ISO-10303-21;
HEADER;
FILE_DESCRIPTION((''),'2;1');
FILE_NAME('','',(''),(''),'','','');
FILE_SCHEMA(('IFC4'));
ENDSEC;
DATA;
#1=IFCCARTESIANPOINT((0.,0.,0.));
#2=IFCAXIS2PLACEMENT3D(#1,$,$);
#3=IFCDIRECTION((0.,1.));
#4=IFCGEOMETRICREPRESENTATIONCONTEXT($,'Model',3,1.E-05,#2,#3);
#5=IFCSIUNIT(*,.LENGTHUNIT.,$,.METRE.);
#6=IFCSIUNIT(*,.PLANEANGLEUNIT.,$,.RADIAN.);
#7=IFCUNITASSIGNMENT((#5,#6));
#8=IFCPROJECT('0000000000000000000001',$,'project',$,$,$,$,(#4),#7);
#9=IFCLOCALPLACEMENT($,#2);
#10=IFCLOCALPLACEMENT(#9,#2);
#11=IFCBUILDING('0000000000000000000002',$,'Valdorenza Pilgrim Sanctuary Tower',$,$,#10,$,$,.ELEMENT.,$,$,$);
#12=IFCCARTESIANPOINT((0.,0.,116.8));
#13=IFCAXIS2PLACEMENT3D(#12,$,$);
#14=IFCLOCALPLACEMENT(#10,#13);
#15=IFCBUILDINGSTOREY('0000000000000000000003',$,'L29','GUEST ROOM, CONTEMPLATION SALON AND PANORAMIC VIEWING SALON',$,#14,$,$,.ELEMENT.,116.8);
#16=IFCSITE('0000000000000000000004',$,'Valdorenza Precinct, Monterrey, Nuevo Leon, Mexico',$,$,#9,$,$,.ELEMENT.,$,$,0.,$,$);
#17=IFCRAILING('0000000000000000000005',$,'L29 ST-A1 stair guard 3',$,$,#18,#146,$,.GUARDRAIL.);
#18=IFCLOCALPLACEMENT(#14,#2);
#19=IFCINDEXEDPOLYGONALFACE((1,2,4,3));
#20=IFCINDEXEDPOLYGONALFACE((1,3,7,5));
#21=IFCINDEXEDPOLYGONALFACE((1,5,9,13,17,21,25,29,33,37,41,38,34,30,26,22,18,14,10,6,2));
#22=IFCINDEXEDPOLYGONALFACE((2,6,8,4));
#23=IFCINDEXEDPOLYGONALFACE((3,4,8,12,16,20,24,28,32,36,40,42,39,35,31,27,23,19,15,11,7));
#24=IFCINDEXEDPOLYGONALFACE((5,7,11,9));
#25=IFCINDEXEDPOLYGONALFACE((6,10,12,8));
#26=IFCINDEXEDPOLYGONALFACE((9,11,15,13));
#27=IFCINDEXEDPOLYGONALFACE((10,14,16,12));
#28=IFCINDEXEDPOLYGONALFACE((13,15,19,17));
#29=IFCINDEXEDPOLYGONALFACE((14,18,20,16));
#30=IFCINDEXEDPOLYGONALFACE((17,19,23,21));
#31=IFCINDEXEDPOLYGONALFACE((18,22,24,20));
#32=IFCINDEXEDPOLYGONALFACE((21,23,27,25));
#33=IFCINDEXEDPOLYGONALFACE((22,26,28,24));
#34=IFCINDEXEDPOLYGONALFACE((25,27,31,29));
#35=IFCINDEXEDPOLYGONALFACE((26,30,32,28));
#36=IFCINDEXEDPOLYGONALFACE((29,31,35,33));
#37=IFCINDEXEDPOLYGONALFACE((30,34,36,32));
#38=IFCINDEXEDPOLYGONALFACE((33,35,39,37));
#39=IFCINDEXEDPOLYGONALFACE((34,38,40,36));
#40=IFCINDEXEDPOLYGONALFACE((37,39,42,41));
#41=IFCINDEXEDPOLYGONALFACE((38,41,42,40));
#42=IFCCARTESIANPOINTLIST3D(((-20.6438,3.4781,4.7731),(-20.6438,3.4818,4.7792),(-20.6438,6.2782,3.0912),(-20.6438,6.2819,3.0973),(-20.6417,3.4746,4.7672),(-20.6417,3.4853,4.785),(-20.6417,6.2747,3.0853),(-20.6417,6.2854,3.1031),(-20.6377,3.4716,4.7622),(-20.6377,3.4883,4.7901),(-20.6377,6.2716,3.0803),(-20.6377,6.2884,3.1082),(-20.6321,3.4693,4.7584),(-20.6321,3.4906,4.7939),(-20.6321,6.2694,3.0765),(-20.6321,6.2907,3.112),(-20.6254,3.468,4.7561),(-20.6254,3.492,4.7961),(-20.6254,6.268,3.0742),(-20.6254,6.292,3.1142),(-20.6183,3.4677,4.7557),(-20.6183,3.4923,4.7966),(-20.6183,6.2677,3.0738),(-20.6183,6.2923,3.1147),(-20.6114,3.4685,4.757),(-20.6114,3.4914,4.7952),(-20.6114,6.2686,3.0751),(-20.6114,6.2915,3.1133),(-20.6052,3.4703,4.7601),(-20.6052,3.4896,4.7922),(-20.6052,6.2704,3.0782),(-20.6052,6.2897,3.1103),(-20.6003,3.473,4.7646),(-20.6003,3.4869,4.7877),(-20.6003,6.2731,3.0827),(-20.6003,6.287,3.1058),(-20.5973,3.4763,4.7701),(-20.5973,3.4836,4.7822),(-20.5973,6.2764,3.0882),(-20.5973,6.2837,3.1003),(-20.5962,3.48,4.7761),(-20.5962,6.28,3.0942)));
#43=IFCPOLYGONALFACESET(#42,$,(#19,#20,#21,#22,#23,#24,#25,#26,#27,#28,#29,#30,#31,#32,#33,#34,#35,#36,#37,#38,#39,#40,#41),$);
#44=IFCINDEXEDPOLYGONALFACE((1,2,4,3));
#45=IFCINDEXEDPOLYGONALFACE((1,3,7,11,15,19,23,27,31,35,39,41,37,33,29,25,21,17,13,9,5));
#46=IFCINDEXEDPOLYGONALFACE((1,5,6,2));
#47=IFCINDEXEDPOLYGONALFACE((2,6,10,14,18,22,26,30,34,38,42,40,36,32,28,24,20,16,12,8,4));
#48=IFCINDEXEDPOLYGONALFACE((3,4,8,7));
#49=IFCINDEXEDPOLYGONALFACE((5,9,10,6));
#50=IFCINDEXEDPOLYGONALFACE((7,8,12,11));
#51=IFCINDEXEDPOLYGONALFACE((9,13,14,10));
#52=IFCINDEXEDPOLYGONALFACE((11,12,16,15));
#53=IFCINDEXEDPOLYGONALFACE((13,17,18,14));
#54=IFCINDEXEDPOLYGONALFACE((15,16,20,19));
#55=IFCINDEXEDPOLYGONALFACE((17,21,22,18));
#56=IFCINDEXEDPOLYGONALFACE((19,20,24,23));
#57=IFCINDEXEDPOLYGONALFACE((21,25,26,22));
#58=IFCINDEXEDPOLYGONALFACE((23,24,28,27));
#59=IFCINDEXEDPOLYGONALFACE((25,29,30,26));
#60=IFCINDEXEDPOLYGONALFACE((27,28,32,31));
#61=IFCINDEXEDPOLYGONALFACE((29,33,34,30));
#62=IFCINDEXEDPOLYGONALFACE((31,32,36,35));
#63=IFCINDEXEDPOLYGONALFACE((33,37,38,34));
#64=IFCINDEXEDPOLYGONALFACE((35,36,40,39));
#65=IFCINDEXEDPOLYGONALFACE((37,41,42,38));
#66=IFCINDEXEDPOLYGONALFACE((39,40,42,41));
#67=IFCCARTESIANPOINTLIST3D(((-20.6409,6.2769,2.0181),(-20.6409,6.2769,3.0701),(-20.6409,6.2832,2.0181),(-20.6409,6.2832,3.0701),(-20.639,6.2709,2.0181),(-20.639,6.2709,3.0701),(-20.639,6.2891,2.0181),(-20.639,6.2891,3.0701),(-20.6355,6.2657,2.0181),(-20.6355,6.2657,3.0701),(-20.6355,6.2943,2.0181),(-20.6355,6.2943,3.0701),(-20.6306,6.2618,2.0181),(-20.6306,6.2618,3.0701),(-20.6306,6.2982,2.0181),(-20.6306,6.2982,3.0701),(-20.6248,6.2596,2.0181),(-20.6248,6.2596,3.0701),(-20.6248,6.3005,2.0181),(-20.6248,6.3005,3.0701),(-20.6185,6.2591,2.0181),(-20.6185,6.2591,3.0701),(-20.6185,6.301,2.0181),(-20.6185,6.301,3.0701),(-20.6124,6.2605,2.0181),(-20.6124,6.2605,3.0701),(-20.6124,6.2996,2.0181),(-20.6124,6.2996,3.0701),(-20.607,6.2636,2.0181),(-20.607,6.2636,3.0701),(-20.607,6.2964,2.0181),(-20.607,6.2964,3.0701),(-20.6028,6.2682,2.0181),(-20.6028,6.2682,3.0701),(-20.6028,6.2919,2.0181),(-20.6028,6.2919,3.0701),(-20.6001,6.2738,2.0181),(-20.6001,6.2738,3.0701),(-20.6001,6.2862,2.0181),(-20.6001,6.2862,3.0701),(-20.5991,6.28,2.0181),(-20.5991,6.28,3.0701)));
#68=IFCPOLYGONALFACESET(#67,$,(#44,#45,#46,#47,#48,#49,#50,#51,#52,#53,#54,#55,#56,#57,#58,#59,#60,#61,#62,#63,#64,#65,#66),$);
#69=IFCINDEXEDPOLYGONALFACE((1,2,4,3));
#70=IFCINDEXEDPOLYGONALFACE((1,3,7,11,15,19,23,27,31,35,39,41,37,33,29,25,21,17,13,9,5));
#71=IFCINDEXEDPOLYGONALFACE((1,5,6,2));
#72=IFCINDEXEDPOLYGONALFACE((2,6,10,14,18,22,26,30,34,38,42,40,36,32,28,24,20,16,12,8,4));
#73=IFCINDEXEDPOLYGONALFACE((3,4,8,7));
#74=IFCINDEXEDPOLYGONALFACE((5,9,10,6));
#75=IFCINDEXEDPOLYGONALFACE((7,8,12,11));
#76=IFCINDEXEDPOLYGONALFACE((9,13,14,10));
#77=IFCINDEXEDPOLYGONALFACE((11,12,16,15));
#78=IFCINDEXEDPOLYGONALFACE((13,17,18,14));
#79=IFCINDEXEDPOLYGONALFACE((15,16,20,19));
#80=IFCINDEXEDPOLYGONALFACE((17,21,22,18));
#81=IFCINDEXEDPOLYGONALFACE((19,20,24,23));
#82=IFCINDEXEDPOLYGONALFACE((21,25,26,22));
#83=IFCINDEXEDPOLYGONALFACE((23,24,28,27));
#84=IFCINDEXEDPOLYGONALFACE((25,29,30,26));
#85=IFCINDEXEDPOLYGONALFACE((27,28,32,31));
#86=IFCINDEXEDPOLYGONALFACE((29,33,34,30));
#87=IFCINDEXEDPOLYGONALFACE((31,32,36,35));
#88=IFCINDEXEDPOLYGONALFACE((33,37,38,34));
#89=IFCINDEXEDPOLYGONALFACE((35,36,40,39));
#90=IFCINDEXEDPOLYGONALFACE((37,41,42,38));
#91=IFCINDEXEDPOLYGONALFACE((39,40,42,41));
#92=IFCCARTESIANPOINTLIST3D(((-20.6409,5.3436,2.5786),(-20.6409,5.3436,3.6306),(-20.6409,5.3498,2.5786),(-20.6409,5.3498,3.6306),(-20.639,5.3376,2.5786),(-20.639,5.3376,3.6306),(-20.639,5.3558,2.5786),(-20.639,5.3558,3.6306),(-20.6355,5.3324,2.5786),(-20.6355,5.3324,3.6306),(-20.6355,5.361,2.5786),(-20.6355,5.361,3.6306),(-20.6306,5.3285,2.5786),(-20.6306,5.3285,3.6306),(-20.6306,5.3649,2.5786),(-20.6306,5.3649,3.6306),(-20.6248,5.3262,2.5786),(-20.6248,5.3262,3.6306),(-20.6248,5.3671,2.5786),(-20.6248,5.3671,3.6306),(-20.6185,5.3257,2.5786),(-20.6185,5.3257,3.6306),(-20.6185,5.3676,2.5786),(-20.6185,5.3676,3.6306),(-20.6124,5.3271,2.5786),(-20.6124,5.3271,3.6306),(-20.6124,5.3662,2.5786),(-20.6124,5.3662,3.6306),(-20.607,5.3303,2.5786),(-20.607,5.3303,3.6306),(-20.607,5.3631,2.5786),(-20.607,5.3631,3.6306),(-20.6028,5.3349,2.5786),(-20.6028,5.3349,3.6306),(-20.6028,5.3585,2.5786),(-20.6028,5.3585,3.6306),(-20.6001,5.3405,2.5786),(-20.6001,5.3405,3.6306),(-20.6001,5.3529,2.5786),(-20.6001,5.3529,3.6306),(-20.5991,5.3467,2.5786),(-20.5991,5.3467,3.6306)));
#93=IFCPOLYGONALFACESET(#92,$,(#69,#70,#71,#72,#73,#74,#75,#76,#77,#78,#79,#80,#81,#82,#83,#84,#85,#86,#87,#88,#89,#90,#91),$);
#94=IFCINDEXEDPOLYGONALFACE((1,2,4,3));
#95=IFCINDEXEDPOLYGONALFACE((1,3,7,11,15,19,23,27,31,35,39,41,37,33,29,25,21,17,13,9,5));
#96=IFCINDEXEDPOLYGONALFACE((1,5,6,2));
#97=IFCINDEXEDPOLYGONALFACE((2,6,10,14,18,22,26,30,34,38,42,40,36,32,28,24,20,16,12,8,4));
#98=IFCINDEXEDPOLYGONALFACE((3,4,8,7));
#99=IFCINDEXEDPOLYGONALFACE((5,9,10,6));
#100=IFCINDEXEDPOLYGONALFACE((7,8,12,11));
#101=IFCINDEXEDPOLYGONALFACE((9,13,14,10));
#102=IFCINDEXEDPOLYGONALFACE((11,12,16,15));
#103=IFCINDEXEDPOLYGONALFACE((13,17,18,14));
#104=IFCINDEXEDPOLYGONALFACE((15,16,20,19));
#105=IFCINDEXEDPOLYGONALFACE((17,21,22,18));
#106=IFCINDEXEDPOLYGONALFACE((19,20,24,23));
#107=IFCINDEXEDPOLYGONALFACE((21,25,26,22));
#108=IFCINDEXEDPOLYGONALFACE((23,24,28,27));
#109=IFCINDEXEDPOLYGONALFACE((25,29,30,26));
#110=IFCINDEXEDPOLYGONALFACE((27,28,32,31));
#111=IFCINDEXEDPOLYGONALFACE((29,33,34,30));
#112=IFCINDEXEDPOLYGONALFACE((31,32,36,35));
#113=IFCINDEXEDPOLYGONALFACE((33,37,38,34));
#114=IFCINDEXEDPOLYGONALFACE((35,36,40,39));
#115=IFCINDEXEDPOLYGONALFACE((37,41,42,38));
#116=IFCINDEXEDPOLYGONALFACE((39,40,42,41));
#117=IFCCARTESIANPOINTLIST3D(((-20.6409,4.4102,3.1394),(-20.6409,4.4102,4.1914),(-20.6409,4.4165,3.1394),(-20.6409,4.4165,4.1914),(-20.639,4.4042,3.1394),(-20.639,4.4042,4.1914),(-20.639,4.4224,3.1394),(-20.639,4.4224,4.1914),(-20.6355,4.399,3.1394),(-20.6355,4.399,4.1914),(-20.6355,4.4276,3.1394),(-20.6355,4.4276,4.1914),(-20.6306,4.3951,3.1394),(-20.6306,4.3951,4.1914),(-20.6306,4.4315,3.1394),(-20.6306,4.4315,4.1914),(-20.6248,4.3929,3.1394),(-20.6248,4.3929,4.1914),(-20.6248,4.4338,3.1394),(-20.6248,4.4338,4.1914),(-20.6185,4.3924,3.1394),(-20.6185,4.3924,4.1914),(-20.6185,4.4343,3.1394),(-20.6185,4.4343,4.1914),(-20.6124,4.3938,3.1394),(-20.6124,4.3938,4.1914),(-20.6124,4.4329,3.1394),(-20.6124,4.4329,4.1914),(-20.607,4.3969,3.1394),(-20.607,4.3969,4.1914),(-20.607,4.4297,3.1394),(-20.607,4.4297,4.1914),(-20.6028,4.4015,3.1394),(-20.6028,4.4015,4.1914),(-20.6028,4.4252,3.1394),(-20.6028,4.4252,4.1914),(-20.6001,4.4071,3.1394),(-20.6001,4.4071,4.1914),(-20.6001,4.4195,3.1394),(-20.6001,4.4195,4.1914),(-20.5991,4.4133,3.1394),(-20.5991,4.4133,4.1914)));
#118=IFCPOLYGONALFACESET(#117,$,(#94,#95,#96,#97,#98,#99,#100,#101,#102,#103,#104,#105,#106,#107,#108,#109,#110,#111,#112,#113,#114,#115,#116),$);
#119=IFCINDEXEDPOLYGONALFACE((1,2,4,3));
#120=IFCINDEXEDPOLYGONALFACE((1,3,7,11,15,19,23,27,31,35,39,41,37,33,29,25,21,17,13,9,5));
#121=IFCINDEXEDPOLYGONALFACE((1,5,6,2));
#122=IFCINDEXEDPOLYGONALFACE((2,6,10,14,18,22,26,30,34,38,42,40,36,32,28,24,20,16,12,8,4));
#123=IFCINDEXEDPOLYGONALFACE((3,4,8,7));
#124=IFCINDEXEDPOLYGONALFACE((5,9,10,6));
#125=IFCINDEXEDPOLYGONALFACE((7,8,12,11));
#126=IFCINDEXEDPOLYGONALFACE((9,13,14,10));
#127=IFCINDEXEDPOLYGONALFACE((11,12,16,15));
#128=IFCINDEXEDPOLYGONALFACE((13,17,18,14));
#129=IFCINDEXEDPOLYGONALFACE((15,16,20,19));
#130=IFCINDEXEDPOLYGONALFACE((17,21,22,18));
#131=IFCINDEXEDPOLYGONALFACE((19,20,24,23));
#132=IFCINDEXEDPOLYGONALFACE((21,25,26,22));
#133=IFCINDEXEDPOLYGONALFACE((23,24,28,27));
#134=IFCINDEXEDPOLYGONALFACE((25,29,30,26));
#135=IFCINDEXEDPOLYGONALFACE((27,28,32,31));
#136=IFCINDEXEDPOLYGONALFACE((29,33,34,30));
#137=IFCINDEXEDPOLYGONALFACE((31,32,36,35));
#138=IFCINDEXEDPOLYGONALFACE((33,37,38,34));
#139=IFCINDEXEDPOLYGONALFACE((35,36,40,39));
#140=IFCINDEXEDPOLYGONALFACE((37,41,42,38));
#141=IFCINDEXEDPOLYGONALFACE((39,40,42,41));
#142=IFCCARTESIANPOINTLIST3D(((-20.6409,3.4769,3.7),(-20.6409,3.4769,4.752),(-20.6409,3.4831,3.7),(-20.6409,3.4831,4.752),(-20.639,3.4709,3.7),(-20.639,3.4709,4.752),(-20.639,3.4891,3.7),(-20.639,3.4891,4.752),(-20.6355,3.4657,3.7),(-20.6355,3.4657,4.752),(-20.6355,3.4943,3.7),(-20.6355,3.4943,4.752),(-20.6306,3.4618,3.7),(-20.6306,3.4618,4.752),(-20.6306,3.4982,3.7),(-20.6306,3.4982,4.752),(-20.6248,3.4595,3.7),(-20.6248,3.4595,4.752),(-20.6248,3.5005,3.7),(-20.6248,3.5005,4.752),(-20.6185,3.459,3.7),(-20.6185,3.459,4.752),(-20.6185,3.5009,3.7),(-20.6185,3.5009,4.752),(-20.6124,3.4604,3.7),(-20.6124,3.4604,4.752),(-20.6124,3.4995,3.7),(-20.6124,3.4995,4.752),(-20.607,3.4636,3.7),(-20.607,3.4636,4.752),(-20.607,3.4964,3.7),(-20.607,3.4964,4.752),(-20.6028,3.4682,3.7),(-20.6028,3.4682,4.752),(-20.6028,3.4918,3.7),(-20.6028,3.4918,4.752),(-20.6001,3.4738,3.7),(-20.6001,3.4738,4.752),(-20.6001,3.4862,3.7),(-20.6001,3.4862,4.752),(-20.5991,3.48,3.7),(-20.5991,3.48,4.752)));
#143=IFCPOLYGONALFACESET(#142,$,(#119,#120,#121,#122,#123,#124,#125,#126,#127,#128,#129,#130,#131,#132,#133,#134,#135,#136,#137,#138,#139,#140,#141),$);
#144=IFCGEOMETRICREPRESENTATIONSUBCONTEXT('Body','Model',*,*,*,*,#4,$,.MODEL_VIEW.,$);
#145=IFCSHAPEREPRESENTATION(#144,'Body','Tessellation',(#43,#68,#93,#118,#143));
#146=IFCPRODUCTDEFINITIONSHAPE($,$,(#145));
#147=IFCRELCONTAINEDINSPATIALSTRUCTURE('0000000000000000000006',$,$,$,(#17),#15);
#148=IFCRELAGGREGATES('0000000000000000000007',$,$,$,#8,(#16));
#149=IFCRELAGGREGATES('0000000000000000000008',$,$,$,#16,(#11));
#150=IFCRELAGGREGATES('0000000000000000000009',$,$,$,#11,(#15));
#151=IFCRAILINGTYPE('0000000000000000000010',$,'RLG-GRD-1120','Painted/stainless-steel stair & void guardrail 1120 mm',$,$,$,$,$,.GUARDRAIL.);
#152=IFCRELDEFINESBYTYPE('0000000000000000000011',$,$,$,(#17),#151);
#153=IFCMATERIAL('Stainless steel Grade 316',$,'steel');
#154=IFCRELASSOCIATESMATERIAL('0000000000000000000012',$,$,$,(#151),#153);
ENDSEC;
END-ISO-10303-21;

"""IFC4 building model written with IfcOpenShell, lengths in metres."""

from ifc_helpers import new_model, si_unit, direction, frame, origin, origin_2d, place, context, subcontext, project, spatial, circle, extrude, material, type_object, element, save


model = new_model("IFC4")

# Units and contexts
model_context = context("Model", 3, precision=1e-05, world=origin(), true_north=direction((0.0, 1.0)))
body_context = subcontext(model_context, "Body", "Model", "MODEL_VIEW")
ifc_project = project(units=[si_unit("LENGTHUNIT", "METRE"), si_unit("PLANEANGLEUNIT", "RADIAN")], contexts=[model_context])

# Site, building, storey
site_placement = place(None, origin())
site = spatial("IfcSite", under=ifc_project, at=site_placement, Name="Valdorenza Precinct, Monterrey, Nuevo Leon, Mexico", CompositionType="ELEMENT", RefElevation=0.0)
building_placement = place(site_placement, origin())
building = spatial("IfcBuilding", under=site, at=building_placement, Name="Valdorenza Pilgrim Sanctuary Tower", CompositionType="ELEMENT")
storey_placement = place(building_placement, frame((0.0, 0.0, 116.8)))
storey = spatial("IfcBuildingStorey", under=building, at=storey_placement, Name="L29", Description="GUEST ROOM, CONTEMPLATION SALON AND PANORAMIC VIEWING SALON", CompositionType="ELEMENT", Elevation=116.8)

# Railing
ifc_material_1 = material(Name="Stainless steel Grade 316", Category="steel")
railing_type_1 = type_object("IfcRailingType", Name="RLG-GRD-1120", Description="Painted/stainless-steel stair & void guardrail 1120 mm", PredefinedType="GUARDRAIL", material=ifc_material_1)
railing_1_placement = place(storey_placement, frame((-20.6201, 6.28, 2.0181)))
element("IfcRailing", 1, at=railing_1_placement, inside=storey, type_object=railing_type_1, Name="L29 ST-A1 stair guard 3", PredefinedType="GUARDRAIL", context=body_context, shape_type="SweptSolid", body=[
    extrude(circle(Radius=0.0239, at=origin_2d()), frame((0.0, 0.0, 1.0762), z_axis=(0.0, -0.857242, 0.514913), x_axis=(1.0, 0.0, 0.0)), (0.0, 0.0, 1.0), 3.2664),
    extrude(circle(Radius=0.021, at=origin_2d()), origin(), (0.0, 0.0, 1.0), 1.052),
    extrude(circle(Radius=0.021, at=origin_2d()), frame((0.0, -0.9333, 0.5605)), (0.0, 0.0, 1.0), 1.052),
    extrude(circle(Radius=0.021, at=origin_2d()), frame((0.0, -1.8667, 1.1213)), (0.0, 0.0, 1.0), 1.052),
    extrude(circle(Radius=0.021, at=origin_2d()), frame((0.0, -2.8, 1.6819)), (0.0, 0.0, 1.0), 1.052),
])

save(model, "model.ifc")
